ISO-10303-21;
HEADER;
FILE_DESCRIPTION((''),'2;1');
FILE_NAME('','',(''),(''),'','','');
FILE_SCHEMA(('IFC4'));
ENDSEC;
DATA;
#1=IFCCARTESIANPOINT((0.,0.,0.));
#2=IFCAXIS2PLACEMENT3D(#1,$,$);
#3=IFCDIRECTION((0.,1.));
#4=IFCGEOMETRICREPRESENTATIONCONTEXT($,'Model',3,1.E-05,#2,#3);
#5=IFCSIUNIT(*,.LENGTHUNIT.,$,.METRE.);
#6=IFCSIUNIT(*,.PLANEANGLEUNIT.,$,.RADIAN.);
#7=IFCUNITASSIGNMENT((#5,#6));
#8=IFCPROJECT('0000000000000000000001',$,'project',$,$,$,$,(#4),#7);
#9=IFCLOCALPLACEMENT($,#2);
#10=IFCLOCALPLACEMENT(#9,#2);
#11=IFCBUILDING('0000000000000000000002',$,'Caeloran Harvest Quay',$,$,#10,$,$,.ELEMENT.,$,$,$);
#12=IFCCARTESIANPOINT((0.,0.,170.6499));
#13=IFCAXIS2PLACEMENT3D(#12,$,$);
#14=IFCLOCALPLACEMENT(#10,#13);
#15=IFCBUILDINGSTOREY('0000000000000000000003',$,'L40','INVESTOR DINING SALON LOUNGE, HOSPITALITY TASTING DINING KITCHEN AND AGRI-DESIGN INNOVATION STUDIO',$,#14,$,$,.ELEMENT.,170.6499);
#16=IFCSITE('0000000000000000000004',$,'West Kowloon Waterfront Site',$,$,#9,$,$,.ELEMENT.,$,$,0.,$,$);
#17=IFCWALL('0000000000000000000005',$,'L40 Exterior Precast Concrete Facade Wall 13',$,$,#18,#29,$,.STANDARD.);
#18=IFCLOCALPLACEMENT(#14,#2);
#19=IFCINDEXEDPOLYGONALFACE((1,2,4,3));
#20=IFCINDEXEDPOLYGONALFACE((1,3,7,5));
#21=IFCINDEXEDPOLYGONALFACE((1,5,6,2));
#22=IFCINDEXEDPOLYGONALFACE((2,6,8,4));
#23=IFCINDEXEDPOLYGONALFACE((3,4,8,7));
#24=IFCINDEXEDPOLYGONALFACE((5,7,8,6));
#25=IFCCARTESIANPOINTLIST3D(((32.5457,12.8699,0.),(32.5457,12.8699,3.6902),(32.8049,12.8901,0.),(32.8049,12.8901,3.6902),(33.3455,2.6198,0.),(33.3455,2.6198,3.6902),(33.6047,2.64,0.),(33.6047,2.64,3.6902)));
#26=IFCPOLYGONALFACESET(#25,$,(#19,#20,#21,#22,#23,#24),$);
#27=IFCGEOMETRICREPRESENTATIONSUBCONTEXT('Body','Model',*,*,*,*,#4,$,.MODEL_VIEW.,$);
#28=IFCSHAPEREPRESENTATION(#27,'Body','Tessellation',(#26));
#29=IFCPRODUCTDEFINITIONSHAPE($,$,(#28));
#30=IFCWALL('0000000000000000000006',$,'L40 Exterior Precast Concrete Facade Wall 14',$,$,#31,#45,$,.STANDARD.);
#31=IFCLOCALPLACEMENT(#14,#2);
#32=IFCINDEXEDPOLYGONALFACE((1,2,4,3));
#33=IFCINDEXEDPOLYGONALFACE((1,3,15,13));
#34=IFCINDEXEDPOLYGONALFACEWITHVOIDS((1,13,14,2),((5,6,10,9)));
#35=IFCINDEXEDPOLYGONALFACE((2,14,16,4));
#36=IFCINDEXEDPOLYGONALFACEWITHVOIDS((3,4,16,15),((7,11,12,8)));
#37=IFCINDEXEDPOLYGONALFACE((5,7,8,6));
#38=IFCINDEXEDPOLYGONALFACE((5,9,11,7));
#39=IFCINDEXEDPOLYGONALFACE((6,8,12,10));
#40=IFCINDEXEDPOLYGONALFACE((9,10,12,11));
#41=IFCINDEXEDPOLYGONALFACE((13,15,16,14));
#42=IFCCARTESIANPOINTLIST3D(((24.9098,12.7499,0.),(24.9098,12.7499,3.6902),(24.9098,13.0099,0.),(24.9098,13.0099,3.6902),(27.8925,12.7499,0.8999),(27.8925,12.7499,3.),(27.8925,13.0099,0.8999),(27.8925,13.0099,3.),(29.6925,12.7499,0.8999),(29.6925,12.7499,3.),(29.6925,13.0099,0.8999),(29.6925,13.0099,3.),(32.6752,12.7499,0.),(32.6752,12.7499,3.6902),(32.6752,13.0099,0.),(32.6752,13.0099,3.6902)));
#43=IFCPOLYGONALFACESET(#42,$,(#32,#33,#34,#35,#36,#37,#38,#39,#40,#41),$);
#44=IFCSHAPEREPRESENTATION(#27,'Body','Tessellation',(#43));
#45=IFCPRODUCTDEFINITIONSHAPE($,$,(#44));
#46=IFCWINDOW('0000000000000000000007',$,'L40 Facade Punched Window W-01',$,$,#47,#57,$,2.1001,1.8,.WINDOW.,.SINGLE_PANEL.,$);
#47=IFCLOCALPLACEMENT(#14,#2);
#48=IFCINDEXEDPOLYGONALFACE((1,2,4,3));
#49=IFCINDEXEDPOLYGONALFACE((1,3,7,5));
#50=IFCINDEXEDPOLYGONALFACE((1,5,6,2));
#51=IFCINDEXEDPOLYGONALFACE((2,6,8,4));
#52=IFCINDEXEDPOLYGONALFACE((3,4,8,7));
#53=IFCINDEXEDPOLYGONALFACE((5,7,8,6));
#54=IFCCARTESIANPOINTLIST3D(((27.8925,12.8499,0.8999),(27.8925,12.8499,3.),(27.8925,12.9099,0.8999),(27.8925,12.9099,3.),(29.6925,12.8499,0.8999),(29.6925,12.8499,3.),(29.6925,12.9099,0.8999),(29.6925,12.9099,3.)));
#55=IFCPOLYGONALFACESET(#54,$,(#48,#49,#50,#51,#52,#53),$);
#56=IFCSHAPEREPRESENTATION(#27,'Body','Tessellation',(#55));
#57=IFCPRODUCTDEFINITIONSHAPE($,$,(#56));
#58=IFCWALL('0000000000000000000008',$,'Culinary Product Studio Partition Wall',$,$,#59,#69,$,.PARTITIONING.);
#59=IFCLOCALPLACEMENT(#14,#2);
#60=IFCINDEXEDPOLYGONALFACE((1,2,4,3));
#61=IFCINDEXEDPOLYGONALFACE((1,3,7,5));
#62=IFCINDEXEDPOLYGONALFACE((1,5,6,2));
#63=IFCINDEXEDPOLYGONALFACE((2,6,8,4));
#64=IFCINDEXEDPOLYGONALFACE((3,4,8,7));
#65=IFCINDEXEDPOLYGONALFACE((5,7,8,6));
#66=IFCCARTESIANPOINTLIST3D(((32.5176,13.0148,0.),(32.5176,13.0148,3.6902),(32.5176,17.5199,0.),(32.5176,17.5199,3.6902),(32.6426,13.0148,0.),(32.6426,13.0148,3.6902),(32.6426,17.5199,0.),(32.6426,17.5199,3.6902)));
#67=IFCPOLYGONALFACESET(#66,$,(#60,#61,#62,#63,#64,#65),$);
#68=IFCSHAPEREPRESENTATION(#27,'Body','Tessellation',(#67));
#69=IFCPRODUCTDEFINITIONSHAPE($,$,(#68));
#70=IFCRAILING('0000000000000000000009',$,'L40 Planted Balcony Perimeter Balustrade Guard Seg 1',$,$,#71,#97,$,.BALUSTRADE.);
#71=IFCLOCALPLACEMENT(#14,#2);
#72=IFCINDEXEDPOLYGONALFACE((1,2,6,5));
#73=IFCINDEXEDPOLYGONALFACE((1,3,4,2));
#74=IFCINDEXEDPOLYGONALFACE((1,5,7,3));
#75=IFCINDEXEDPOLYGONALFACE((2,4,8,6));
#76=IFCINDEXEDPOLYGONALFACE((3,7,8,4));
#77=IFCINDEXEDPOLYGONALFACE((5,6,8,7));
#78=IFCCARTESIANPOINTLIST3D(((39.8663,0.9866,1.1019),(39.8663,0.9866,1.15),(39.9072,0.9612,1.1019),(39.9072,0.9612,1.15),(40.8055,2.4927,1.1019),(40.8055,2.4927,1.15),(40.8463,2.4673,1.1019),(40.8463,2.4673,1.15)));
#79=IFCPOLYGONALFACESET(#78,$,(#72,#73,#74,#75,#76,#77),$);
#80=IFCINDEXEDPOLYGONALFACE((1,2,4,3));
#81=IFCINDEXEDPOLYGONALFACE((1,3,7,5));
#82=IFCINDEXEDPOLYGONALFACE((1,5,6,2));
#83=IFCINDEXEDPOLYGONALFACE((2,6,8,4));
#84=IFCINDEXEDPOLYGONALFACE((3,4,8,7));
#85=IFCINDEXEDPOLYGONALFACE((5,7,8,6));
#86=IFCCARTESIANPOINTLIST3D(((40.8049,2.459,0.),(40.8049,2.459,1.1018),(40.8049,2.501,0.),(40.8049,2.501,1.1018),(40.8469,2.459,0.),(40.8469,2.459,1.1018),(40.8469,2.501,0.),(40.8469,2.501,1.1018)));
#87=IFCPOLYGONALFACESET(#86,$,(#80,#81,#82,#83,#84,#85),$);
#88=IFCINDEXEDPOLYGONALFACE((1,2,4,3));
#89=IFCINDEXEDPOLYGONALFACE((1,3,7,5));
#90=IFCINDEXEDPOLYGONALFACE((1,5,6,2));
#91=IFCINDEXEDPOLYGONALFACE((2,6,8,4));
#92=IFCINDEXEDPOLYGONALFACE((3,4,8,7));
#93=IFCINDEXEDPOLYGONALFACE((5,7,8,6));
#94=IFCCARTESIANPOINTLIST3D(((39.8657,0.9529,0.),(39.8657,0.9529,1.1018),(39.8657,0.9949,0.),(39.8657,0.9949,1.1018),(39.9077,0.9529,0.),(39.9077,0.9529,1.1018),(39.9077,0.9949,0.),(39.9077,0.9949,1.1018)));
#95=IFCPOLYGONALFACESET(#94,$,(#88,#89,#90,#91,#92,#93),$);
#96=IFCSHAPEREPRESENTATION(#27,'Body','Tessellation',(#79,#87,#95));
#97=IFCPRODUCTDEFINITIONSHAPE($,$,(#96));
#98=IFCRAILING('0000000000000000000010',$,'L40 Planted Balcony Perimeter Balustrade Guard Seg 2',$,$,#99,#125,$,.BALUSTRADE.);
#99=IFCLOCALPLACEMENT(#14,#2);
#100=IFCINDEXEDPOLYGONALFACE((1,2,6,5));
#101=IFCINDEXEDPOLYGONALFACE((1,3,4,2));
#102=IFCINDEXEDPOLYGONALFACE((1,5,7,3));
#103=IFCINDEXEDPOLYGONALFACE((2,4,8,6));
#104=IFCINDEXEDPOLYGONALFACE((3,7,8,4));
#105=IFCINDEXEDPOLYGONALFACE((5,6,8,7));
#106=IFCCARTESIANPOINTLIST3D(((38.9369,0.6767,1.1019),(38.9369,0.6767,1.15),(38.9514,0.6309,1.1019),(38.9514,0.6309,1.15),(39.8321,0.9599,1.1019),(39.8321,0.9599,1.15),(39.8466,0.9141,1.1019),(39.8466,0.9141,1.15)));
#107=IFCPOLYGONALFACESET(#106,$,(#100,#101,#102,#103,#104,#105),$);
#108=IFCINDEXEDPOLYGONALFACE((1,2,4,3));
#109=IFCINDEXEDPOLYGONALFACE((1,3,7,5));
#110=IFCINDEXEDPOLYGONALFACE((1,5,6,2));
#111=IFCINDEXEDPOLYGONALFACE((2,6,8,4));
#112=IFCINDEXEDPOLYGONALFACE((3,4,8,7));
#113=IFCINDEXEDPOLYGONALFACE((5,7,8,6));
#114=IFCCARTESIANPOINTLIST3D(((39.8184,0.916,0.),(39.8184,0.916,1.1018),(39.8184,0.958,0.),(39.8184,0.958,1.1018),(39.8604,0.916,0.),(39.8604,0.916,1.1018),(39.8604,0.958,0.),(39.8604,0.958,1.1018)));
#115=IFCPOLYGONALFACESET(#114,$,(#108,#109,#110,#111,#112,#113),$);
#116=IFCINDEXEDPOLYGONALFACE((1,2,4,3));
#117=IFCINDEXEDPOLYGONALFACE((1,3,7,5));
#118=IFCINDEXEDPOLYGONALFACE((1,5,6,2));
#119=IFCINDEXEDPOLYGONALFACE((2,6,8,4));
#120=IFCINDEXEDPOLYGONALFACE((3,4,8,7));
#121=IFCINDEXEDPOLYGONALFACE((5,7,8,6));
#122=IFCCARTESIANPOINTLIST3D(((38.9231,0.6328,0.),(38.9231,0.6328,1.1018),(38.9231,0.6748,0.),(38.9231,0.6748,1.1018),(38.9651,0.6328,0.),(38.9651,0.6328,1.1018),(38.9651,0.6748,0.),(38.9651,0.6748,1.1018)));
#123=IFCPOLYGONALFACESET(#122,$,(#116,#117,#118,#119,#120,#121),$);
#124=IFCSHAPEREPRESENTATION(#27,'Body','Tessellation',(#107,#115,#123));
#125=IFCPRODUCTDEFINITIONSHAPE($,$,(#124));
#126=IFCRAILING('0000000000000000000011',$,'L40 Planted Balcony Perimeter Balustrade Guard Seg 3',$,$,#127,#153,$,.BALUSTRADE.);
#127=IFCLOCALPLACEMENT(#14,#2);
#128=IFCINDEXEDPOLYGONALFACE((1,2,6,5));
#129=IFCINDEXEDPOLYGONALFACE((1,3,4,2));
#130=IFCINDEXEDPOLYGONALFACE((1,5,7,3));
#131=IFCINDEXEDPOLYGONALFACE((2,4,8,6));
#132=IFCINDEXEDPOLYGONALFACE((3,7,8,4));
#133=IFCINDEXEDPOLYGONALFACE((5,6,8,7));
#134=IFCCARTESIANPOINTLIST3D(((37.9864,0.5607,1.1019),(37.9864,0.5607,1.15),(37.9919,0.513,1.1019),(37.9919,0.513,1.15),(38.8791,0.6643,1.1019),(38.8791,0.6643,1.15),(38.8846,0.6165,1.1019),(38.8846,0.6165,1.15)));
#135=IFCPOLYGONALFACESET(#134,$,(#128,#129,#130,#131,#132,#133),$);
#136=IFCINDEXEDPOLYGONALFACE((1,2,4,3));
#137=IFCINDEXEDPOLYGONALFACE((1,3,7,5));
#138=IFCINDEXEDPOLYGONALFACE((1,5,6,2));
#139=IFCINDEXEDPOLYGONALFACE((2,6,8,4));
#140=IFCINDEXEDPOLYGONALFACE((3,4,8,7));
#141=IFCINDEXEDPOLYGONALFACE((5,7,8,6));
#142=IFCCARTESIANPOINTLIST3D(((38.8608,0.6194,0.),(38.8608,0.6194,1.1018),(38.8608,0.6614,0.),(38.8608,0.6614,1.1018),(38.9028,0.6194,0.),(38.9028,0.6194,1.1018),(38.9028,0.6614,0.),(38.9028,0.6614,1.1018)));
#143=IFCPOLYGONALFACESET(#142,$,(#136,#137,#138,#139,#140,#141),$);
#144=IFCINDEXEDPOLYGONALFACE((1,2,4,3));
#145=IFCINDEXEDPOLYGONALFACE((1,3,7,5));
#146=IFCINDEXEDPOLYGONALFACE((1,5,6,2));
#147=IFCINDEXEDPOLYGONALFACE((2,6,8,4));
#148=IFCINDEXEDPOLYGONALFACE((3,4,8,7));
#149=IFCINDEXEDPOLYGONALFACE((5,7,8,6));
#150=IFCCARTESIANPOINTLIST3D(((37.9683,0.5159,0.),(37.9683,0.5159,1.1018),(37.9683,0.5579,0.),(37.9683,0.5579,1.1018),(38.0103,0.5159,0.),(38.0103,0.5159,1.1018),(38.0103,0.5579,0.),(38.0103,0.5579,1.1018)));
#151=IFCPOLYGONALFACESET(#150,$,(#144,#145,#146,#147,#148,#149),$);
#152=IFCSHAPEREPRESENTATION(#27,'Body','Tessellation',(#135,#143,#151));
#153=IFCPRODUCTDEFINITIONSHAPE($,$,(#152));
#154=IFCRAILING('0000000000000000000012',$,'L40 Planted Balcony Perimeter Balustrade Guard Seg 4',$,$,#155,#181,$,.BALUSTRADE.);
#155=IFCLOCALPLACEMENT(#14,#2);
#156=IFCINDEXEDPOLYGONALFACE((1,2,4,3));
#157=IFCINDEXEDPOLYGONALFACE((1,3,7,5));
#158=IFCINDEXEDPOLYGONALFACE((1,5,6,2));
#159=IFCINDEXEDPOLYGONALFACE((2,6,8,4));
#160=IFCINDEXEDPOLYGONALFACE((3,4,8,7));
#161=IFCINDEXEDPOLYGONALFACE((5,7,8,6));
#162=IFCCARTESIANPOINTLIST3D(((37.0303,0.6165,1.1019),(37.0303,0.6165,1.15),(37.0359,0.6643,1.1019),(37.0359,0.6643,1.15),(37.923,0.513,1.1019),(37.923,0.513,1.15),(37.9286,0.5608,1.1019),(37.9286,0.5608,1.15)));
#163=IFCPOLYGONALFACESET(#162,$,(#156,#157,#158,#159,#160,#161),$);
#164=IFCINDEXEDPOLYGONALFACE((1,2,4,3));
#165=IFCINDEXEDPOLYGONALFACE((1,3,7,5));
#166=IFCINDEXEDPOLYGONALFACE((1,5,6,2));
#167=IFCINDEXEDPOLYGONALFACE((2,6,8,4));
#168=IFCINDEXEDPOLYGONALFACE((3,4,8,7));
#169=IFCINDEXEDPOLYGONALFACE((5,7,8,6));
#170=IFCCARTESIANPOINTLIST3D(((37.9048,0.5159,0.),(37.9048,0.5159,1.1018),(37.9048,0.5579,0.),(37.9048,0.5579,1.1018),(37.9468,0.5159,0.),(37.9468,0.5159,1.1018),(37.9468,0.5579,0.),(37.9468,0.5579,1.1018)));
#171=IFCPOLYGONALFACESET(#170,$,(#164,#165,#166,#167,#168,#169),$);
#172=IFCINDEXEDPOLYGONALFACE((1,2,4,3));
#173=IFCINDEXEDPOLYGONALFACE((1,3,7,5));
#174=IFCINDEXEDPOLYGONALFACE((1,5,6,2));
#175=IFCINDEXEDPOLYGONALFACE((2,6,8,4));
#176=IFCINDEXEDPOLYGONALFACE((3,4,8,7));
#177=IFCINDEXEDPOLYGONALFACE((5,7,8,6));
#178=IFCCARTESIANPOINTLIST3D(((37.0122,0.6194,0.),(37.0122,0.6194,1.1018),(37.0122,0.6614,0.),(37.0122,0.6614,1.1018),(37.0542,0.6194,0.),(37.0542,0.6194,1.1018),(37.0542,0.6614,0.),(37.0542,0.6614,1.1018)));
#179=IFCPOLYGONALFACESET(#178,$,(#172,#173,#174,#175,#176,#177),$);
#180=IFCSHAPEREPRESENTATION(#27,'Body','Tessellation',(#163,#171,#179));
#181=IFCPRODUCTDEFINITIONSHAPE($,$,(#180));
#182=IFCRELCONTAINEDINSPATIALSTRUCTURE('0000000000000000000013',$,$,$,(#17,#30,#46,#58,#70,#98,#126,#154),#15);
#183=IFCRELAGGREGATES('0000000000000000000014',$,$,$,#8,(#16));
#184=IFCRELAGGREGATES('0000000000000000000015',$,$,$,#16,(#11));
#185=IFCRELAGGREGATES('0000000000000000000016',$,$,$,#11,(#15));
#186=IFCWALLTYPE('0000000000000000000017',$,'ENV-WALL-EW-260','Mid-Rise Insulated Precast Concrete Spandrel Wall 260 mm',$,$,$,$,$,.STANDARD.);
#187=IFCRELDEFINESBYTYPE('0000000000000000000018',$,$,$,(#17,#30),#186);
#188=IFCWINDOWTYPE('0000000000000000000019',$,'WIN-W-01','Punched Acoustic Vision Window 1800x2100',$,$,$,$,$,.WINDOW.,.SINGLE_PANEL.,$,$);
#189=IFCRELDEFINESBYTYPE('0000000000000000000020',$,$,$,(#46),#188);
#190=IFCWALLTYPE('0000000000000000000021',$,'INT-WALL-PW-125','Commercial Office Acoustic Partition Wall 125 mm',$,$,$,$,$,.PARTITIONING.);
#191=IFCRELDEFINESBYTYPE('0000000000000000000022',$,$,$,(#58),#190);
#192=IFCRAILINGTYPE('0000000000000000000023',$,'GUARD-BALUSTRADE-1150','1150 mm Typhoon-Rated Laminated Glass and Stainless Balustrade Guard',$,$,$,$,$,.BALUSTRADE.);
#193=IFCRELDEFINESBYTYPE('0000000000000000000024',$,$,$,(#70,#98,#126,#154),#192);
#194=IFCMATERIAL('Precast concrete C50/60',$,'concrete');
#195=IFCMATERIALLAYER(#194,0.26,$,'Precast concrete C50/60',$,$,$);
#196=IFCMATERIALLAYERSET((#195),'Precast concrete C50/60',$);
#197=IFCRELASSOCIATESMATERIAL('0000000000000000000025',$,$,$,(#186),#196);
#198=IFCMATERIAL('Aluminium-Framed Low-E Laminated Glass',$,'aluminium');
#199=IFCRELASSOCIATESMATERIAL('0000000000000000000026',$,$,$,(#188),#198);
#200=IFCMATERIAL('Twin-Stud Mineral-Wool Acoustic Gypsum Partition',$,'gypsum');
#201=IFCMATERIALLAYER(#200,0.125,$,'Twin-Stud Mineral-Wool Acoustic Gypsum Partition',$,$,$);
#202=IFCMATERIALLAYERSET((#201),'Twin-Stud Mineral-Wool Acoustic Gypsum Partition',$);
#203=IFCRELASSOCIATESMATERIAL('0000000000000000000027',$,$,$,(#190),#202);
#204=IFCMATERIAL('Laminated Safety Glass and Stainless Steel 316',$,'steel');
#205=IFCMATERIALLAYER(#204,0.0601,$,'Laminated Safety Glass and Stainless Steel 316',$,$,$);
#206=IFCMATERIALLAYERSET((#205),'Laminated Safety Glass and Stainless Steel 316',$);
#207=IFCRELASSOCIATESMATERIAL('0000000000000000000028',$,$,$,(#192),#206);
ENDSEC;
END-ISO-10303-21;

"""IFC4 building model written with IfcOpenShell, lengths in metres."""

from ifc_helpers import new_model, si_unit, direction, frame, frame_2d, origin, origin_2d, place, context, subcontext, project, spatial, rectangle, extrude, material, layer, layer_set, type_object, element, fill, save


model = new_model("IFC4")

# Units and contexts
model_context = context("Model", 3, precision=1e-05, world=origin(), true_north=direction((0.0, 1.0)))
body_context = subcontext(model_context, "Body", "Model", "MODEL_VIEW")
ifc_project = project(units=[si_unit("LENGTHUNIT", "METRE"), si_unit("PLANEANGLEUNIT", "RADIAN")], contexts=[model_context])

# Site, building, storey
site_placement = place(None, origin())
site = spatial("IfcSite", under=ifc_project, at=site_placement, Name="West Kowloon Waterfront Site", CompositionType="ELEMENT", RefElevation=0.0)
building_placement = place(site_placement, origin())
building = spatial("IfcBuilding", under=site, at=building_placement, Name="Caeloran Harvest Quay", CompositionType="ELEMENT")
storey_placement = place(building_placement, frame((0.0, 0.0, 170.6499)))
storey = spatial("IfcBuildingStorey", under=building, at=storey_placement, Name="L40", Description="INVESTOR DINING SALON LOUNGE, HOSPITALITY TASTING DINING KITCHEN AND AGRI-DESIGN INNOVATION STUDIO", CompositionType="ELEMENT", Elevation=170.6499)

# Shared definitions
ifc_material_1 = material(Name="Precast concrete C50/60", Category="concrete")

# Shared definitions
ifc_layer_1 = layer(ifc_material_1, 0.26, Name="Precast concrete C50/60")
ifc_layer_set_1 = layer_set([ifc_layer_1], Name="Precast concrete C50/60")
wall_type_1 = type_object("IfcWallType", Name="ENV-WALL-EW-260", Description="Mid-Rise Insulated Precast Concrete Spandrel Wall 260 mm", PredefinedType="STANDARD", material=ifc_layer_set_1)

# Wall
wall_1_placement = place(storey_placement, frame((33.4751, 2.6299, 0.0), z_axis=(0.0, 0.0, 1.0), x_axis=(-0.077793, 0.99697, 0.0)))
element("IfcWall", 1, at=wall_1_placement, inside=storey, type_object=wall_type_1, Name="L40 Exterior Precast Concrete Facade Wall 13", PredefinedType="STANDARD", context=body_context, shape_type="SweptSolid", body=[
    extrude(rectangle(XDim=10.2812, YDim=0.26, at=frame_2d((5.1406, 0.0))), origin(), (0.0, 0.0, 1.0), 3.6902),
])

# Wall, opening, window
wall_2_placement = place(storey_placement, frame((32.6753, 12.8799, 0.0), z_axis=(0.0, 0.0, 1.0), x_axis=(-1.0, 0.0, 0.0)))
wall_2 = element("IfcWall", 2, at=wall_2_placement, inside=storey, type_object=wall_type_1, Name="L40 Exterior Precast Concrete Facade Wall 14", PredefinedType="STANDARD", context=body_context, shape_type="SweptSolid", body=[
    extrude(rectangle(XDim=7.7654, YDim=0.26, at=frame_2d((3.8828, 0.0))), origin(), (0.0, 0.0, 1.0), 3.6902),
])
opening_1_placement = place(wall_2_placement, frame((2.9829, 0.0, 0.8999)))
opening_1 = element("IfcOpeningElement", 3, at=opening_1_placement, cuts=wall_2, PredefinedType="OPENING", context=body_context, shape_type="SweptSolid", body=[
    extrude(rectangle(XDim=1.8, YDim=2.1001, at=frame_2d((0.8999, 1.05))), frame((0.0, 0.1401, 0.0), z_axis=(0.0, -1.0, 0.0), x_axis=(1.0, 0.0, 0.0)), (0.0, 0.0, 1.0), 0.28),
])
ifc_material_2 = material(Name="Aluminium-Framed Low-E Laminated Glass", Category="aluminium")
window_type = type_object("IfcWindowType", Name="WIN-W-01", Description="Punched Acoustic Vision Window 1800x2100", PartitioningType="SINGLE_PANEL", PredefinedType="WINDOW", material=ifc_material_2)
window_placement = place(opening_1_placement, origin())
window = element("IfcWindow", 4, at=window_placement, inside=storey, type_object=window_type, Name="L40 Facade Punched Window W-01", OverallHeight=2.1001, OverallWidth=1.8, PartitioningType="SINGLE_PANEL", PredefinedType="WINDOW", context=body_context, shape_type="SweptSolid", body=[
    extrude(rectangle(XDim=1.8, YDim=2.1001, at=frame_2d((0.8999, 1.05))), frame((0.0, 0.03, 0.0), z_axis=(0.0, -1.0, 0.0), x_axis=(1.0, 0.0, 0.0)), (0.0, 0.0, 1.0), 0.0601),
])
fill(opening_1, window)

# Wall
ifc_material_3 = material(Name="Twin-Stud Mineral-Wool Acoustic Gypsum Partition", Category="gypsum")
ifc_layer_2 = layer(ifc_material_3, 0.125, Name="Twin-Stud Mineral-Wool Acoustic Gypsum Partition")
ifc_layer_set_2 = layer_set([ifc_layer_2], Name="Twin-Stud Mineral-Wool Acoustic Gypsum Partition")
wall_type_2 = type_object("IfcWallType", Name="INT-WALL-PW-125", Description="Commercial Office Acoustic Partition Wall 125 mm", PredefinedType="PARTITIONING", material=ifc_layer_set_2)
wall_3_placement = place(storey_placement, frame((32.5801, 13.0149, 0.0), z_axis=(0.0, 0.0, 1.0), x_axis=(0.0, 1.0, 0.0)))
element("IfcWall", 5, at=wall_3_placement, inside=storey, type_object=wall_type_2, Name="Culinary Product Studio Partition Wall", PredefinedType="PARTITIONING", context=body_context, shape_type="SweptSolid", body=[
    extrude(rectangle(XDim=4.5051, YDim=0.125, at=frame_2d((2.2524, 0.0))), origin(), (0.0, 0.0, 1.0), 3.6902),
])

# Railings
ifc_material_4 = material(Name="Laminated Safety Glass and Stainless Steel 316", Category="steel")
ifc_layer_3 = layer(ifc_material_4, 0.0601, Name="Laminated Safety Glass and Stainless Steel 316")
ifc_layer_set_3 = layer_set([ifc_layer_3], Name="Laminated Safety Glass and Stainless Steel 316")
railing_type = type_object("IfcRailingType", Name="GUARD-BALUSTRADE-1150", Description="1150 mm Typhoon-Rated Laminated Glass and Stainless Balustrade Guard", PredefinedType="BALUSTRADE", material=ifc_layer_set_3)
railing_1_placement = place(storey_placement, frame((40.8259, 2.48, 0.0)))
element("IfcRailing", 6, at=railing_1_placement, inside=storey, type_object=railing_type, Name="L40 Planted Balcony Perimeter Balustrade Guard Seg 1", PredefinedType="BALUSTRADE", context=body_context, shape_type="SweptSolid", body=[
    extrude(rectangle(XDim=0.0481, YDim=0.0481, at=origin_2d()), frame((0.0, 0.0, 1.126), z_axis=(-0.529146, -0.848531, 0.0), x_axis=(0.848531, -0.529146, 0.0)), (0.0, 0.0, 1.0), 1.7749),
    extrude(rectangle(XDim=0.042, YDim=0.042, at=origin_2d()), origin(), (0.0, 0.0, 1.0), 1.1018),
    extrude(rectangle(XDim=0.042, YDim=0.042, at=origin_2d()), frame((-0.9392, -1.5061, 0.0)), (0.0, 0.0, 1.0), 1.1018),
])
railing_2_placement = place(storey_placement, frame((39.8394, 0.937, 0.0)))
element("IfcRailing", 7, at=railing_2_placement, inside=storey, type_object=railing_type, Name="L40 Planted Balcony Perimeter Balustrade Guard Seg 2", PredefinedType="BALUSTRADE", context=body_context, shape_type="SweptSolid", body=[
    extrude(rectangle(XDim=0.0481, YDim=0.0481, at=origin_2d()), frame((0.0, 0.0, 1.126), z_axis=(-0.953433, -0.301604, 0.0), x_axis=(0.301604, -0.953433, 0.0)), (0.0, 0.0, 1.0), 0.939),
    extrude(rectangle(XDim=0.042, YDim=0.042, at=origin_2d()), origin(), (0.0, 0.0, 1.0), 1.1018),
    extrude(rectangle(XDim=0.042, YDim=0.042, at=origin_2d()), frame((-0.8953, -0.2832, 0.0)), (0.0, 0.0, 1.0), 1.1018),
])
railing_3_placement = place(storey_placement, frame((38.8818, 0.6404, 0.0)))
element("IfcRailing", 8, at=railing_3_placement, inside=storey, type_object=railing_type, Name="L40 Planted Balcony Perimeter Balustrade Guard Seg 3", PredefinedType="BALUSTRADE", context=body_context, shape_type="SweptSolid", body=[
    extrude(rectangle(XDim=0.0481, YDim=0.0481, at=origin_2d()), frame((0.0, 0.0, 1.126), z_axis=(-0.993342, -0.115202, 0.0), x_axis=(0.115202, -0.993342, 0.0)), (0.0, 0.0, 1.0), 0.8987),
    extrude(rectangle(XDim=0.042, YDim=0.042, at=origin_2d()), origin(), (0.0, 0.0, 1.0), 1.1018),
    extrude(rectangle(XDim=0.042, YDim=0.042, at=origin_2d()), frame((-0.8926, -0.1035, 0.0)), (0.0, 0.0, 1.0), 1.1018),
])
railing_4_placement = place(storey_placement, frame((37.9258, 0.5369, 0.0)))
element("IfcRailing", 9, at=railing_4_placement, inside=storey, type_object=railing_type, Name="L40 Planted Balcony Perimeter Balustrade Guard Seg 4", PredefinedType="BALUSTRADE", context=body_context, shape_type="SweptSolid", body=[
    extrude(rectangle(XDim=0.0481, YDim=0.0481, at=origin_2d()), frame((0.0, 0.0, 1.126), z_axis=(-0.993342, 0.115202, 0.0), x_axis=(-0.115202, -0.993342, 0.0)), (0.0, 0.0, 1.0), 0.8987),
    extrude(rectangle(XDim=0.042, YDim=0.042, at=origin_2d()), origin(), (0.0, 0.0, 1.0), 1.1018),
    extrude(rectangle(XDim=0.042, YDim=0.042, at=origin_2d()), frame((-0.8926, 0.1035, 0.0)), (0.0, 0.0, 1.0), 1.1018),
])

save(model, "model.ifc")
